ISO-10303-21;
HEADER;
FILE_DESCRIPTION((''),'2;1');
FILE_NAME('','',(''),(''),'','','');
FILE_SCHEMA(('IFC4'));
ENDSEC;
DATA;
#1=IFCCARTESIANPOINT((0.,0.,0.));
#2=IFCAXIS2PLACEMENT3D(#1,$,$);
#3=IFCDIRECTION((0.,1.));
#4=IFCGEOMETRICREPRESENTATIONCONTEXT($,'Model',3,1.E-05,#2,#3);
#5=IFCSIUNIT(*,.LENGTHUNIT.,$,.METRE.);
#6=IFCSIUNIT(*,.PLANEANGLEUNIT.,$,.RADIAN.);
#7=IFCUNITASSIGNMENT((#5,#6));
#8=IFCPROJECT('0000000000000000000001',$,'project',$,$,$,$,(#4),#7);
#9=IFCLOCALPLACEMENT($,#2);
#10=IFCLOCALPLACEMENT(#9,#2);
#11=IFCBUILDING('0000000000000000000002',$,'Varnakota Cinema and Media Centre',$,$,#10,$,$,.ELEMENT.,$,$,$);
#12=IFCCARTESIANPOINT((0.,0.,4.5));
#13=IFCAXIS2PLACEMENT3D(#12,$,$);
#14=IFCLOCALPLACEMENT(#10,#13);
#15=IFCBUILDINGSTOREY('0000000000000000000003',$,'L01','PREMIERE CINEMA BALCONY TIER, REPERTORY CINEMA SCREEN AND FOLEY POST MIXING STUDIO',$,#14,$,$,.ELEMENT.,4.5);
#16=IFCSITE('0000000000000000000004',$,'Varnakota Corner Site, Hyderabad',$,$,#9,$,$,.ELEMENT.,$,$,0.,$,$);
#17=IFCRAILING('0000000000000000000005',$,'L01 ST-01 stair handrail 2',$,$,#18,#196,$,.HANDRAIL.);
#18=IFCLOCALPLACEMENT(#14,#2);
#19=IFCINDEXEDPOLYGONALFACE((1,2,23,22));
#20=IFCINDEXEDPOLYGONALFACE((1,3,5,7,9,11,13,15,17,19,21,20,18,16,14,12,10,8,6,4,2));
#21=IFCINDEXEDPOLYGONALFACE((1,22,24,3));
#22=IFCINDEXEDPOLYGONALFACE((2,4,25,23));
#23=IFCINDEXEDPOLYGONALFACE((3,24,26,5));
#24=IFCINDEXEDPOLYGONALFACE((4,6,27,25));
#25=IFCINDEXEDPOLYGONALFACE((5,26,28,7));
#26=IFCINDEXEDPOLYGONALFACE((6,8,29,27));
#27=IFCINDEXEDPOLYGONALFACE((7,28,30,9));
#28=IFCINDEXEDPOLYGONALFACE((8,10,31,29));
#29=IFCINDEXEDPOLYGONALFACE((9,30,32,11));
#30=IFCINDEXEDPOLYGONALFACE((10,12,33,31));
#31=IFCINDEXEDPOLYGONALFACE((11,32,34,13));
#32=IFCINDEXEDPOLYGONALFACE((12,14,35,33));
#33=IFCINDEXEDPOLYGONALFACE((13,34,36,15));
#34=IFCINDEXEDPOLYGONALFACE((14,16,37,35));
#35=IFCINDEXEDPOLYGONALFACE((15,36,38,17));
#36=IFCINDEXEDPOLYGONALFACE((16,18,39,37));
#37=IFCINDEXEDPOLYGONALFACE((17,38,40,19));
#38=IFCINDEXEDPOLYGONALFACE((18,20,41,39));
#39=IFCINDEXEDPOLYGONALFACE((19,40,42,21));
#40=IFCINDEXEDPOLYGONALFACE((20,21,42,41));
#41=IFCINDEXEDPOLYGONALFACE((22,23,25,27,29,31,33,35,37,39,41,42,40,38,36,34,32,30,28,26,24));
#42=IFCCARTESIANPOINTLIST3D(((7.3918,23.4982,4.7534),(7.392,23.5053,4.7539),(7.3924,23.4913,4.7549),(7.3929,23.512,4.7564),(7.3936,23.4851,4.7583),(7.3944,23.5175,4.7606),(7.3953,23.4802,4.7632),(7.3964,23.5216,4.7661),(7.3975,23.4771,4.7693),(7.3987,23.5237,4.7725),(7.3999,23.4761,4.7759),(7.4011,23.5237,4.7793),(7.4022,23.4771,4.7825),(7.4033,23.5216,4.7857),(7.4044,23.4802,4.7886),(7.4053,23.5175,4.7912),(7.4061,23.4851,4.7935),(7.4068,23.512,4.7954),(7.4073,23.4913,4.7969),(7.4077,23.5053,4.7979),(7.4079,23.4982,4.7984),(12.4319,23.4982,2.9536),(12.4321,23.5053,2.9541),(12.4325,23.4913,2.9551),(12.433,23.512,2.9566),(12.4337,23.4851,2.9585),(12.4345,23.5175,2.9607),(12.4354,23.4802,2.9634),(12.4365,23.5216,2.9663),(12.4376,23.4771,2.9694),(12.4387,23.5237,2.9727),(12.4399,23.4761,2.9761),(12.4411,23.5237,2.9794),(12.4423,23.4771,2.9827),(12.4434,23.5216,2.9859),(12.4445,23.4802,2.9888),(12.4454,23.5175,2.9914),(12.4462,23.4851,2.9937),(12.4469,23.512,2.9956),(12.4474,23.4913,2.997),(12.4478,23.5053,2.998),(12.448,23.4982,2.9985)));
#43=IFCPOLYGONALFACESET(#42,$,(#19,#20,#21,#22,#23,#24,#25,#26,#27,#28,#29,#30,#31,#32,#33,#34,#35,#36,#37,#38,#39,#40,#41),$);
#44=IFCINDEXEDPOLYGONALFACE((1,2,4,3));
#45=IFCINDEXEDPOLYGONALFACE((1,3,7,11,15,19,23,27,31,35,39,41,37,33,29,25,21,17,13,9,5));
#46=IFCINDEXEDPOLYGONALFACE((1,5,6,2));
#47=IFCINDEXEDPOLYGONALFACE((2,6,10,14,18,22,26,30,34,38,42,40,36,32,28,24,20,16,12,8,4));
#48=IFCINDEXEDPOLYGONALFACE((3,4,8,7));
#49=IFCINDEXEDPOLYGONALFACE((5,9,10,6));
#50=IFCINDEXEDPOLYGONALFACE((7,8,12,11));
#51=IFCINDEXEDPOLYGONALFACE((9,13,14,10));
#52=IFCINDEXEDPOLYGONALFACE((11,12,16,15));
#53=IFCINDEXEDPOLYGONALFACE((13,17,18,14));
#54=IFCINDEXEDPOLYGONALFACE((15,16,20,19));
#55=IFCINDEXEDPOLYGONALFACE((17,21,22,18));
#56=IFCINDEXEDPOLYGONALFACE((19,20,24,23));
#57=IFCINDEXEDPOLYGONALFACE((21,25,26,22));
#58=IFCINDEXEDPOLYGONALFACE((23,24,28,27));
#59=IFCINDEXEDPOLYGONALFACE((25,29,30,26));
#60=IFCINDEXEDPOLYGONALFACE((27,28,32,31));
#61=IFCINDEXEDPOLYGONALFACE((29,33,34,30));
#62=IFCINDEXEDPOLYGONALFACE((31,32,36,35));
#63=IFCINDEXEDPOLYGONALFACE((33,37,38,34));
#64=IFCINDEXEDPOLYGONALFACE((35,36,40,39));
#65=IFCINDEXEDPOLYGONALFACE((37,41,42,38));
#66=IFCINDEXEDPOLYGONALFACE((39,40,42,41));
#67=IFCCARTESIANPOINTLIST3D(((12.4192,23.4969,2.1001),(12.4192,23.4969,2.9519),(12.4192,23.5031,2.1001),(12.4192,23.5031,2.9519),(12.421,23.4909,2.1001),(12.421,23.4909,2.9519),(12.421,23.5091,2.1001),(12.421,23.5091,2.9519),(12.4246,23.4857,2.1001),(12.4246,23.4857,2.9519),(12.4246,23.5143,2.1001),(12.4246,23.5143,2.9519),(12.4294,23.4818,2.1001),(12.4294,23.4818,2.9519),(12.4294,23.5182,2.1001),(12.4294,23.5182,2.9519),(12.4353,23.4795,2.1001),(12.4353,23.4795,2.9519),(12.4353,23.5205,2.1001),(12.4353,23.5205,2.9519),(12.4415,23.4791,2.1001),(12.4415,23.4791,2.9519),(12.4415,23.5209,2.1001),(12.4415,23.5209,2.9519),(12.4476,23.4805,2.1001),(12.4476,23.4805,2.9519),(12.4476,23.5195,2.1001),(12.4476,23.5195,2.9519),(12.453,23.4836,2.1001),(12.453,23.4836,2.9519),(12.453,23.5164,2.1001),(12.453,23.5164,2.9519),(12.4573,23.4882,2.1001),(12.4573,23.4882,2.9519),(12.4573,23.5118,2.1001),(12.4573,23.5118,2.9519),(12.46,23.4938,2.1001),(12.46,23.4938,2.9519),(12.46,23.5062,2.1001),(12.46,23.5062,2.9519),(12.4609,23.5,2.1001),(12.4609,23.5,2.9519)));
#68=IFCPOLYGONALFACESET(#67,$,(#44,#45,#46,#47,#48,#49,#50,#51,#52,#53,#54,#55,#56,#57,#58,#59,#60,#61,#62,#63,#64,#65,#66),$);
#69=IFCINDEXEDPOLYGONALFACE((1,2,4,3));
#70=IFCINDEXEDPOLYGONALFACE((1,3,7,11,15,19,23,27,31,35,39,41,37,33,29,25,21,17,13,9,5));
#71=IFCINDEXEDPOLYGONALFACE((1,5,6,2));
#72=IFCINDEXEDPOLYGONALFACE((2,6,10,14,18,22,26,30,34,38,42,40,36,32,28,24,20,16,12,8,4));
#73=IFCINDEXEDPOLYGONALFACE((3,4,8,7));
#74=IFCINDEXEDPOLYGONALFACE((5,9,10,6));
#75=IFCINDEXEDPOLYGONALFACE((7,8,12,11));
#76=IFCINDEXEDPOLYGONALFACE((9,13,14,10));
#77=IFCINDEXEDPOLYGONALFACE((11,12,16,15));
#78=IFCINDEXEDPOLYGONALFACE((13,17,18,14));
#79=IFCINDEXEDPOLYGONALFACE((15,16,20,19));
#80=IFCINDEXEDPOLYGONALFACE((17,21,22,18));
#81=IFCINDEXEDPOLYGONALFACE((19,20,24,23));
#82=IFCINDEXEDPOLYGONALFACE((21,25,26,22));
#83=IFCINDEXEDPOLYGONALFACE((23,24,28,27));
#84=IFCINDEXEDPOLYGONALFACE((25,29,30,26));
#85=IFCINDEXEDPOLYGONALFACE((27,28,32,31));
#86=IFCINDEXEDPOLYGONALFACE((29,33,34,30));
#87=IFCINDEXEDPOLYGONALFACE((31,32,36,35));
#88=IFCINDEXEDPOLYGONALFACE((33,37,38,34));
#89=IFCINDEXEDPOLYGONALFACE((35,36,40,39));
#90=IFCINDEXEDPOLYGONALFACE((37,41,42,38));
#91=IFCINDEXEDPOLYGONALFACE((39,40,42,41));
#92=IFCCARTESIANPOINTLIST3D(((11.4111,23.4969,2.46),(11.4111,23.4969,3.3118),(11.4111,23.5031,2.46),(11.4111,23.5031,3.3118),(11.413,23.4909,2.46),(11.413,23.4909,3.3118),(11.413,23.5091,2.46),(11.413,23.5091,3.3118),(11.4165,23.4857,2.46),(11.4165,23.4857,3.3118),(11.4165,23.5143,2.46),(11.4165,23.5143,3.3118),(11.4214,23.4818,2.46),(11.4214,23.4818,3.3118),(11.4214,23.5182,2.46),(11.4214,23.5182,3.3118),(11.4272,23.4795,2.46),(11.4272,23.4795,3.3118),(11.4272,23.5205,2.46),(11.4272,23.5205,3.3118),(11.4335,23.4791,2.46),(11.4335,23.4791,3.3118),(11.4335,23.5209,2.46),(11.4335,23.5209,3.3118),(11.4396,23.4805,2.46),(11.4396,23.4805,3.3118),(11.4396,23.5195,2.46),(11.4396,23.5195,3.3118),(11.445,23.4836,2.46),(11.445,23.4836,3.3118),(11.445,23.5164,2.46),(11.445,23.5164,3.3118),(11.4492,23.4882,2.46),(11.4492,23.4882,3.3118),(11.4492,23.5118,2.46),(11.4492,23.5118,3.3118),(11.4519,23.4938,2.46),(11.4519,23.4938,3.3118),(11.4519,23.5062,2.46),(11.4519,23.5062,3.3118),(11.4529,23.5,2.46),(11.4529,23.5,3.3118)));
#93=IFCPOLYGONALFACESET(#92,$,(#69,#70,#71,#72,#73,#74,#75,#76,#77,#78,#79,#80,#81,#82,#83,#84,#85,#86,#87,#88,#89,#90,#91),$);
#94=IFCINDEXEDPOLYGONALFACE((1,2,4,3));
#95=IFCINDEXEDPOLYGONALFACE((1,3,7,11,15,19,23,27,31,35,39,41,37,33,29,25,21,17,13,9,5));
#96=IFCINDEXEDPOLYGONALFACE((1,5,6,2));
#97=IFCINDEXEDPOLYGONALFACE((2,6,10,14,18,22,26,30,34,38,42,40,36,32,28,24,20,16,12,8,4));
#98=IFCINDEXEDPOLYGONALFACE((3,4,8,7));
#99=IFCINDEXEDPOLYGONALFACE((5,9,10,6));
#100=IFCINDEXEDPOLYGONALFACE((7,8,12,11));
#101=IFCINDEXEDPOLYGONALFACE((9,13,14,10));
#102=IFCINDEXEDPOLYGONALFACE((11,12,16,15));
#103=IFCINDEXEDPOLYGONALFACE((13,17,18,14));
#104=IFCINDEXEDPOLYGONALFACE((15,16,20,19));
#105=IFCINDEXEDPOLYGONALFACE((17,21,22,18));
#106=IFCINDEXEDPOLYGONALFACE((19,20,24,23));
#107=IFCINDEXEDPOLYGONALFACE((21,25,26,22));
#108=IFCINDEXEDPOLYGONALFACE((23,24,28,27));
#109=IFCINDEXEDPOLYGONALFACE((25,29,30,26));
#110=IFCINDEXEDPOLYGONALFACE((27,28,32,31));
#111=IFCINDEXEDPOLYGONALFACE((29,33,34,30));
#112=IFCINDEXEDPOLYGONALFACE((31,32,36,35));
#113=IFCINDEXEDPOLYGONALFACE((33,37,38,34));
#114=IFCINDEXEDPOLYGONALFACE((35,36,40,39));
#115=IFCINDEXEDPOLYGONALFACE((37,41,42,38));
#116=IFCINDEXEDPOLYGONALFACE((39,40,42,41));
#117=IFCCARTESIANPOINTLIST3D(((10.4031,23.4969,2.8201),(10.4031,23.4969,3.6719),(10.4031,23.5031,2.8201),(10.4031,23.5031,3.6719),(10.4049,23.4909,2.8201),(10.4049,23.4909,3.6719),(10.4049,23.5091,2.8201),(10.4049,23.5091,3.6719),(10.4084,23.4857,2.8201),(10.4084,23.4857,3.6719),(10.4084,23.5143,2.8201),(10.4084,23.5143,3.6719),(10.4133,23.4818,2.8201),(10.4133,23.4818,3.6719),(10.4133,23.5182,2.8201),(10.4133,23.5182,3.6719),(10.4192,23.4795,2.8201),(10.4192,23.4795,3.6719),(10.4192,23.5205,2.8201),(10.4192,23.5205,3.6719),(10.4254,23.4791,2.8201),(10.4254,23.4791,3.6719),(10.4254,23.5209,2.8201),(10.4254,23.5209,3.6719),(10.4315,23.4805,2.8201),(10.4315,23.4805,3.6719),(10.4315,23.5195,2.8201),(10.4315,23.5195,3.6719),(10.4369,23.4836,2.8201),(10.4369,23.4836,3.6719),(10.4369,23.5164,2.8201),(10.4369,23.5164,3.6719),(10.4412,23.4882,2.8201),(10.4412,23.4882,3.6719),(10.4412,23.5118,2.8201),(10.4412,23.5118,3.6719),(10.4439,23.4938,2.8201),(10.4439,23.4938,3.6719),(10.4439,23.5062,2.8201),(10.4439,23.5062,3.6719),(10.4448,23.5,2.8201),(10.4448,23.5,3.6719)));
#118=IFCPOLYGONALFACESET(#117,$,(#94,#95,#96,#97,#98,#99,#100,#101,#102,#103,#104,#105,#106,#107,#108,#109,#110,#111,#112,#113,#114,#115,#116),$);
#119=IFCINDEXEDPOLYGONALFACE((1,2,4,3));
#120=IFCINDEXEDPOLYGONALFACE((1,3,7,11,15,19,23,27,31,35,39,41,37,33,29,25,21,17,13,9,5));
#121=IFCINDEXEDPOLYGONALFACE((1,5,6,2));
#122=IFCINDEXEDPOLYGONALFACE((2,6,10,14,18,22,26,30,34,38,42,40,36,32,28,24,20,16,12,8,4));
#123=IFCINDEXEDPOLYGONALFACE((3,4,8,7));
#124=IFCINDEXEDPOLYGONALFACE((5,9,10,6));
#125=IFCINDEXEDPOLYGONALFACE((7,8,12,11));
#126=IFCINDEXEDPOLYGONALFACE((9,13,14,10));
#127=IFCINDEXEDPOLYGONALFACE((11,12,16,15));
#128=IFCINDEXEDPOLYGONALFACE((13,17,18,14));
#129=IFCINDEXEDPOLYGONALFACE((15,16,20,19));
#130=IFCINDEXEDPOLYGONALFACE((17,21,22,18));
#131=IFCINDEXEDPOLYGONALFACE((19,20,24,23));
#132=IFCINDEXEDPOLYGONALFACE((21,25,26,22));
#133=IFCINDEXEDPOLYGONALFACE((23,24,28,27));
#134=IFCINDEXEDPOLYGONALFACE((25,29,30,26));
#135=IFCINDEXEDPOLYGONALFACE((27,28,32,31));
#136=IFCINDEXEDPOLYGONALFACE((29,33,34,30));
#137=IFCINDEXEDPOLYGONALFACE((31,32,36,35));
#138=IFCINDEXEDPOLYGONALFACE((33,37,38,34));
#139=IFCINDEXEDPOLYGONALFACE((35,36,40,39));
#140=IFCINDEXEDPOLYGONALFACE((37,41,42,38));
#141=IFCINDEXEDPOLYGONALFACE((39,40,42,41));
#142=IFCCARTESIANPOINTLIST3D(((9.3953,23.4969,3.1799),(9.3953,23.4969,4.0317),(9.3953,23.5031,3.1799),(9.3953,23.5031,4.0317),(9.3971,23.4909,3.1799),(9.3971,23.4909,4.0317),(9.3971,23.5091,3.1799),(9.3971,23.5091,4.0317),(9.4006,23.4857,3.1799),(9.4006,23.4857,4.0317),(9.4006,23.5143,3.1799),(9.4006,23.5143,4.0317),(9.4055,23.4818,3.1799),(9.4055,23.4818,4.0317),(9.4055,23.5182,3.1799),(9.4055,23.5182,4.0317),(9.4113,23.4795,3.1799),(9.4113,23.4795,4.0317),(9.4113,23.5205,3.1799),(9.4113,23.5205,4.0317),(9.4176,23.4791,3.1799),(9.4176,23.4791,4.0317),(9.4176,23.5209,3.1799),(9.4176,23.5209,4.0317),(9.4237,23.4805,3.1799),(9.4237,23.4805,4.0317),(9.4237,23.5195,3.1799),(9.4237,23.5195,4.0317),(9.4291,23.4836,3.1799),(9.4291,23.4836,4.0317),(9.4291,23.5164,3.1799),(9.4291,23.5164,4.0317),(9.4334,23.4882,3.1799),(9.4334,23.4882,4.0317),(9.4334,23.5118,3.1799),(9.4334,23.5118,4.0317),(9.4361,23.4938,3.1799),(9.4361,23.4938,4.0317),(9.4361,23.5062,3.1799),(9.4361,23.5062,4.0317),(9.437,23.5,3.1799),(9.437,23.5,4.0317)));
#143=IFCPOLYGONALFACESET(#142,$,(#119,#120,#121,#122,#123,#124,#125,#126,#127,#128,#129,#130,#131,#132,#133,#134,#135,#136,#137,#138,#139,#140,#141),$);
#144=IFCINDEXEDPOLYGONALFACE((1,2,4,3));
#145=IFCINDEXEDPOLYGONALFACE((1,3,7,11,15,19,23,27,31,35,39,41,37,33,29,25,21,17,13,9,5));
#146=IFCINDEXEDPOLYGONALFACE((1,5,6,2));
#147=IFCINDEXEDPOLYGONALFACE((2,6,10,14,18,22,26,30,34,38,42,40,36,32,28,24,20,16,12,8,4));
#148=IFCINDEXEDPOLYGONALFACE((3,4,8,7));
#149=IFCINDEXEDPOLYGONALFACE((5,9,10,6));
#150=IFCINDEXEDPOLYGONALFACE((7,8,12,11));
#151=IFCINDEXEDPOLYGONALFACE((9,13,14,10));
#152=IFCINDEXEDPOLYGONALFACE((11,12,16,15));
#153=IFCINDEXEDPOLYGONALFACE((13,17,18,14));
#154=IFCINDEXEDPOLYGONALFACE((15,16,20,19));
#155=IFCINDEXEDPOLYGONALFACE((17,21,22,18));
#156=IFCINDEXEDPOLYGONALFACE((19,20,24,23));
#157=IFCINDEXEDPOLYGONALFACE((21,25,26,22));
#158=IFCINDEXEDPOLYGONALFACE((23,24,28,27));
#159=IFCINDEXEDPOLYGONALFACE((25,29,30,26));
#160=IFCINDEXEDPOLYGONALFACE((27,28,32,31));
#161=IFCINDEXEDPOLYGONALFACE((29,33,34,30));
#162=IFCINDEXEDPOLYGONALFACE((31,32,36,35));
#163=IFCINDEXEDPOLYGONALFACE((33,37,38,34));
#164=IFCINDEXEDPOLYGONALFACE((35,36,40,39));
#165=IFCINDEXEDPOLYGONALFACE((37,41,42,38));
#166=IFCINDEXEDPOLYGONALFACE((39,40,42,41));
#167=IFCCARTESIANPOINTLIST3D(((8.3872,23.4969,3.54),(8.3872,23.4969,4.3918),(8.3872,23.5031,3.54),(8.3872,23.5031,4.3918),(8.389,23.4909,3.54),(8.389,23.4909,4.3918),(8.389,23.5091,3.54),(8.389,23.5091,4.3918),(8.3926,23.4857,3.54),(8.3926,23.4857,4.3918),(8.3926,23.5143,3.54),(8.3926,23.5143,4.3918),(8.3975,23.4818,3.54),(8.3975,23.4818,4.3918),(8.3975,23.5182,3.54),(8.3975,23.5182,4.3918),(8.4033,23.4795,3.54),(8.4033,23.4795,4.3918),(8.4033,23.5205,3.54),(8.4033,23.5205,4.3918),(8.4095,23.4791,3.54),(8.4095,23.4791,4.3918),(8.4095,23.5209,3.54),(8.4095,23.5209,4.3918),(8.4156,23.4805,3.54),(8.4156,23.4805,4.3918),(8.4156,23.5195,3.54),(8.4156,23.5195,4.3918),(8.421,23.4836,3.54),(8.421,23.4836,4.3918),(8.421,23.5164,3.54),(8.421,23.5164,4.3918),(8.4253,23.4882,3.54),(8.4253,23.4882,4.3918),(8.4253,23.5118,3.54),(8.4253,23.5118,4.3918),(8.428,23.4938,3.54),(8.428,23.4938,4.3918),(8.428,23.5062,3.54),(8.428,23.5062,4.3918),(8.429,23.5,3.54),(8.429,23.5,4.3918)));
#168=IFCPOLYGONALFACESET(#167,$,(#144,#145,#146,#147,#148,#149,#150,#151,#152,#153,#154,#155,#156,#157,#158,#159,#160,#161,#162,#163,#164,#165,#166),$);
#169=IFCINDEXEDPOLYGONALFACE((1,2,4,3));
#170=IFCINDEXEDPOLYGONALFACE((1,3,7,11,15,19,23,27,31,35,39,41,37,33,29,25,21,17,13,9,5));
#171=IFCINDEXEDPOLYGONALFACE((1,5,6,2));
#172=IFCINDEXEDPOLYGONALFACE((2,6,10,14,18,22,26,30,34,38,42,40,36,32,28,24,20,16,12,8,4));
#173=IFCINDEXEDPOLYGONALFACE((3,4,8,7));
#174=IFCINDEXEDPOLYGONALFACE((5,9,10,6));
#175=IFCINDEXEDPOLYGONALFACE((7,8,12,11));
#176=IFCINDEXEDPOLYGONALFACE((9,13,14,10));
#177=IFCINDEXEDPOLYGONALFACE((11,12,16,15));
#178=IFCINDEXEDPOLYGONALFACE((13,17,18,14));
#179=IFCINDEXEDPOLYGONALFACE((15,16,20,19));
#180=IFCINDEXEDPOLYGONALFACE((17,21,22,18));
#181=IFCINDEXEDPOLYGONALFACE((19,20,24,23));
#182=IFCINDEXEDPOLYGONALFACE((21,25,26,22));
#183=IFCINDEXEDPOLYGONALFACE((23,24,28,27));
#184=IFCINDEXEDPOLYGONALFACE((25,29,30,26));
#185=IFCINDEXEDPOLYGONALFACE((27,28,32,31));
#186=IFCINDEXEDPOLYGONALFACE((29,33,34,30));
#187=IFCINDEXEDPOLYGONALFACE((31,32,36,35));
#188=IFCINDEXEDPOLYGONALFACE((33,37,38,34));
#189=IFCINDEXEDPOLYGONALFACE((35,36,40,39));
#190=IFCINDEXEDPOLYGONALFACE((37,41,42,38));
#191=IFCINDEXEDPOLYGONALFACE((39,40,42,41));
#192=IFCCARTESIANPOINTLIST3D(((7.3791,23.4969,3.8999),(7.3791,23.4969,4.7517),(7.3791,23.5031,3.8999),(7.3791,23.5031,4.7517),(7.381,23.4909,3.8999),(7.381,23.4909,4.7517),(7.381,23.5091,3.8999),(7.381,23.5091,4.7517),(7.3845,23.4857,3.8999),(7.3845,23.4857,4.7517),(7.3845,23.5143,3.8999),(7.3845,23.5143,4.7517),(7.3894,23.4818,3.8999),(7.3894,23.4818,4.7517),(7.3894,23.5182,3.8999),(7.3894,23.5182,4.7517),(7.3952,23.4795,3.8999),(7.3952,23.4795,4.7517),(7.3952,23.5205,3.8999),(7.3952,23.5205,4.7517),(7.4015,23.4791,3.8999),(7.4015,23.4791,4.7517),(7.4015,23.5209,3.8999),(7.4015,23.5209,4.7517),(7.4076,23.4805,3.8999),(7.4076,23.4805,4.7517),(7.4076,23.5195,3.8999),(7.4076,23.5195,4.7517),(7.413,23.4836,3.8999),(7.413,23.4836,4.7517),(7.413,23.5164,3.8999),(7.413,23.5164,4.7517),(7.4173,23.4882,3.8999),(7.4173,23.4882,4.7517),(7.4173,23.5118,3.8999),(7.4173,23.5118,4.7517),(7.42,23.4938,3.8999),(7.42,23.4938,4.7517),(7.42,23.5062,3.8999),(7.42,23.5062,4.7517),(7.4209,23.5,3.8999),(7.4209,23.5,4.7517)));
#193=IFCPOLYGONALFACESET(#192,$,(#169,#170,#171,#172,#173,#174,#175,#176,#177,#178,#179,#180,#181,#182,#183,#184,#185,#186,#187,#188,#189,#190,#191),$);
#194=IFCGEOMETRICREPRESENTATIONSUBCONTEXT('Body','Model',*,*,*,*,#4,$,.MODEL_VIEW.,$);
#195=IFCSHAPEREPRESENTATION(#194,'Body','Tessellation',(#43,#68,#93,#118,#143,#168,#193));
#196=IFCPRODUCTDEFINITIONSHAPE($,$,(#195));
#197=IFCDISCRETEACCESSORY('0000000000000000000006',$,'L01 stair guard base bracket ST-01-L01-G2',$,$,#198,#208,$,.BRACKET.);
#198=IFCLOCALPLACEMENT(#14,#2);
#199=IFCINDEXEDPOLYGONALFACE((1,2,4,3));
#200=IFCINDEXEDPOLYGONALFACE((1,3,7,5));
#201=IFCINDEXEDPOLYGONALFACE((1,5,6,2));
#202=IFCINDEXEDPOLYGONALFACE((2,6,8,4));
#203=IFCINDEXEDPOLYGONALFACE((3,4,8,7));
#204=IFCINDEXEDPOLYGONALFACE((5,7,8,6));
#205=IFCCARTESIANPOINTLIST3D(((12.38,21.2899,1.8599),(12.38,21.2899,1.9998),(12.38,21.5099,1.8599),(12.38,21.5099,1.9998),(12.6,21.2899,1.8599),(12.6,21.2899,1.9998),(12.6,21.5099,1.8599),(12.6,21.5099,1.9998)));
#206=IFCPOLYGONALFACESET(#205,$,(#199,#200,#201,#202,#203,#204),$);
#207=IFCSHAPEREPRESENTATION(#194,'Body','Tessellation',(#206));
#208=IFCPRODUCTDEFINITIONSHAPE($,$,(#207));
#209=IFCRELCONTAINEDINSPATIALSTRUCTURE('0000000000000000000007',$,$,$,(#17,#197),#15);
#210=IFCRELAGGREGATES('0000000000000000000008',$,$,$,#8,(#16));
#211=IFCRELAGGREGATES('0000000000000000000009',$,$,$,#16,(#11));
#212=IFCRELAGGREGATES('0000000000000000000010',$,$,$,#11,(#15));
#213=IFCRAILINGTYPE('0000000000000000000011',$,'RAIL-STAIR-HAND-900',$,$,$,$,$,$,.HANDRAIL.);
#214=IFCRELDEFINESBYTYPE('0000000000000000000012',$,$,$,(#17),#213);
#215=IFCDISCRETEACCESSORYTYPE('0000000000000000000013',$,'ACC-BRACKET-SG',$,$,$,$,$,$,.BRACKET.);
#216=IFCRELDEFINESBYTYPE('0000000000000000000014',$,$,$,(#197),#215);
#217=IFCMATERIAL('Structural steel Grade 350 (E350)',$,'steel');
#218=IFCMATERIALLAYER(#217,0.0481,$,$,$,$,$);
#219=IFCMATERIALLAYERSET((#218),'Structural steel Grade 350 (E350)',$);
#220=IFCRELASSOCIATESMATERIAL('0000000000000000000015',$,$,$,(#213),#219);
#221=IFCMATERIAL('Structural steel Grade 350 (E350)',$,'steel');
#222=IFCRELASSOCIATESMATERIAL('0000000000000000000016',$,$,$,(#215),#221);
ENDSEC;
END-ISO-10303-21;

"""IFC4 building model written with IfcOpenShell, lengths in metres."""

from ifc_helpers import new_model, si_unit, direction, frame, origin, origin_2d, place, context, subcontext, project, spatial, rectangle, circle, extrude, material, layer, layer_set, type_object, element, save


model = new_model("IFC4")

# Units and contexts
model_context = context("Model", 3, precision=1e-05, world=origin(), true_north=direction((0.0, 1.0)))
body_context = subcontext(model_context, "Body", "Model", "MODEL_VIEW")
ifc_project = project(units=[si_unit("LENGTHUNIT", "METRE"), si_unit("PLANEANGLEUNIT", "RADIAN")], contexts=[model_context])

# Site, building, storey
site_placement = place(None, origin())
site = spatial("IfcSite", under=ifc_project, at=site_placement, Name="Varnakota Corner Site, Hyderabad", CompositionType="ELEMENT", RefElevation=0.0)
building_placement = place(site_placement, origin())
building = spatial("IfcBuilding", under=site, at=building_placement, Name="Varnakota Cinema and Media Centre", CompositionType="ELEMENT")
storey_placement = place(building_placement, frame((0.0, 0.0, 4.5)))
storey = spatial("IfcBuildingStorey", under=building, at=storey_placement, Name="L01", Description="PREMIERE CINEMA BALCONY TIER, REPERTORY CINEMA SCREEN AND FOLEY POST MIXING STUDIO", CompositionType="ELEMENT", Elevation=4.5)

# Railing
ifc_material_1 = material(Name="Structural steel Grade 350 (E350)", Category="steel")
ifc_layer_1 = layer(ifc_material_1, 0.0481)
ifc_layer_set_1 = layer_set([ifc_layer_1], Name="Structural steel Grade 350 (E350)")
railing_type_1 = type_object("IfcRailingType", Name="RAIL-STAIR-HAND-900", PredefinedType="HANDRAIL", material=ifc_layer_set_1)
railing_1_placement = place(storey_placement, frame((12.4399, 23.5, 2.1001)))
element("IfcRailing", 1, at=railing_1_placement, inside=storey, type_object=railing_type_1, Name="L01 ST-01 stair handrail 2", PredefinedType="HANDRAIL", context=body_context, shape_type="SweptSolid", body=[
    extrude(circle(Radius=0.0239, at=origin_2d()), frame((0.0, 0.0, 0.876), z_axis=(-0.941754, 0.0, 0.336302), x_axis=(0.0, -1.0, 0.0)), (0.0, 0.0, 1.0), 5.3518),
    extrude(circle(Radius=0.021, at=origin_2d()), origin(), (0.0, 0.0, 1.0), 0.8518),
    extrude(circle(Radius=0.021, at=origin_2d()), frame((-1.0081, 0.0, 0.3599)), (0.0, 0.0, 1.0), 0.8518),
    extrude(circle(Radius=0.021, at=origin_2d()), frame((-2.0161, 0.0, 0.72)), (0.0, 0.0, 1.0), 0.8518),
    extrude(circle(Radius=0.021, at=origin_2d()), frame((-3.0239, 0.0, 1.0798)), (0.0, 0.0, 1.0), 0.8518),
    extrude(circle(Radius=0.021, at=origin_2d()), frame((-4.032, 0.0, 1.4399)), (0.0, 0.0, 1.0), 0.8518),
    extrude(circle(Radius=0.021, at=origin_2d()), frame((-5.04, 0.0, 1.7998)), (0.0, 0.0, 1.0), 0.8518),
])

# Discrete accessory
ifc_material_2 = material(Name="Structural steel Grade 350 (E350)", Category="steel")
discrete_accessory_type = type_object("IfcDiscreteAccessoryType", Name="ACC-BRACKET-SG", PredefinedType="BRACKET", material=ifc_material_2)
for number, where, z_axis, x_axis, name in (
    (2, (12.49, 21.3999, 1.8599), (0.0, 0.0, 1.0), (1.0, 0.0, 0.0), "L01 stair guard base bracket ST-01-L01-G2"),
):
    element("IfcDiscreteAccessory", number, at=place(storey_placement, frame(where, z_axis=z_axis, x_axis=x_axis)), inside=storey, type_object=discrete_accessory_type, Name=name, PredefinedType="BRACKET", context=body_context, shape_type="SweptSolid", body=[
        extrude(rectangle(XDim=0.22, YDim=0.22, at=origin_2d()), origin(), (0.0, 0.0, 1.0), 0.1399),
    ])

save(model, "model.ifc")
